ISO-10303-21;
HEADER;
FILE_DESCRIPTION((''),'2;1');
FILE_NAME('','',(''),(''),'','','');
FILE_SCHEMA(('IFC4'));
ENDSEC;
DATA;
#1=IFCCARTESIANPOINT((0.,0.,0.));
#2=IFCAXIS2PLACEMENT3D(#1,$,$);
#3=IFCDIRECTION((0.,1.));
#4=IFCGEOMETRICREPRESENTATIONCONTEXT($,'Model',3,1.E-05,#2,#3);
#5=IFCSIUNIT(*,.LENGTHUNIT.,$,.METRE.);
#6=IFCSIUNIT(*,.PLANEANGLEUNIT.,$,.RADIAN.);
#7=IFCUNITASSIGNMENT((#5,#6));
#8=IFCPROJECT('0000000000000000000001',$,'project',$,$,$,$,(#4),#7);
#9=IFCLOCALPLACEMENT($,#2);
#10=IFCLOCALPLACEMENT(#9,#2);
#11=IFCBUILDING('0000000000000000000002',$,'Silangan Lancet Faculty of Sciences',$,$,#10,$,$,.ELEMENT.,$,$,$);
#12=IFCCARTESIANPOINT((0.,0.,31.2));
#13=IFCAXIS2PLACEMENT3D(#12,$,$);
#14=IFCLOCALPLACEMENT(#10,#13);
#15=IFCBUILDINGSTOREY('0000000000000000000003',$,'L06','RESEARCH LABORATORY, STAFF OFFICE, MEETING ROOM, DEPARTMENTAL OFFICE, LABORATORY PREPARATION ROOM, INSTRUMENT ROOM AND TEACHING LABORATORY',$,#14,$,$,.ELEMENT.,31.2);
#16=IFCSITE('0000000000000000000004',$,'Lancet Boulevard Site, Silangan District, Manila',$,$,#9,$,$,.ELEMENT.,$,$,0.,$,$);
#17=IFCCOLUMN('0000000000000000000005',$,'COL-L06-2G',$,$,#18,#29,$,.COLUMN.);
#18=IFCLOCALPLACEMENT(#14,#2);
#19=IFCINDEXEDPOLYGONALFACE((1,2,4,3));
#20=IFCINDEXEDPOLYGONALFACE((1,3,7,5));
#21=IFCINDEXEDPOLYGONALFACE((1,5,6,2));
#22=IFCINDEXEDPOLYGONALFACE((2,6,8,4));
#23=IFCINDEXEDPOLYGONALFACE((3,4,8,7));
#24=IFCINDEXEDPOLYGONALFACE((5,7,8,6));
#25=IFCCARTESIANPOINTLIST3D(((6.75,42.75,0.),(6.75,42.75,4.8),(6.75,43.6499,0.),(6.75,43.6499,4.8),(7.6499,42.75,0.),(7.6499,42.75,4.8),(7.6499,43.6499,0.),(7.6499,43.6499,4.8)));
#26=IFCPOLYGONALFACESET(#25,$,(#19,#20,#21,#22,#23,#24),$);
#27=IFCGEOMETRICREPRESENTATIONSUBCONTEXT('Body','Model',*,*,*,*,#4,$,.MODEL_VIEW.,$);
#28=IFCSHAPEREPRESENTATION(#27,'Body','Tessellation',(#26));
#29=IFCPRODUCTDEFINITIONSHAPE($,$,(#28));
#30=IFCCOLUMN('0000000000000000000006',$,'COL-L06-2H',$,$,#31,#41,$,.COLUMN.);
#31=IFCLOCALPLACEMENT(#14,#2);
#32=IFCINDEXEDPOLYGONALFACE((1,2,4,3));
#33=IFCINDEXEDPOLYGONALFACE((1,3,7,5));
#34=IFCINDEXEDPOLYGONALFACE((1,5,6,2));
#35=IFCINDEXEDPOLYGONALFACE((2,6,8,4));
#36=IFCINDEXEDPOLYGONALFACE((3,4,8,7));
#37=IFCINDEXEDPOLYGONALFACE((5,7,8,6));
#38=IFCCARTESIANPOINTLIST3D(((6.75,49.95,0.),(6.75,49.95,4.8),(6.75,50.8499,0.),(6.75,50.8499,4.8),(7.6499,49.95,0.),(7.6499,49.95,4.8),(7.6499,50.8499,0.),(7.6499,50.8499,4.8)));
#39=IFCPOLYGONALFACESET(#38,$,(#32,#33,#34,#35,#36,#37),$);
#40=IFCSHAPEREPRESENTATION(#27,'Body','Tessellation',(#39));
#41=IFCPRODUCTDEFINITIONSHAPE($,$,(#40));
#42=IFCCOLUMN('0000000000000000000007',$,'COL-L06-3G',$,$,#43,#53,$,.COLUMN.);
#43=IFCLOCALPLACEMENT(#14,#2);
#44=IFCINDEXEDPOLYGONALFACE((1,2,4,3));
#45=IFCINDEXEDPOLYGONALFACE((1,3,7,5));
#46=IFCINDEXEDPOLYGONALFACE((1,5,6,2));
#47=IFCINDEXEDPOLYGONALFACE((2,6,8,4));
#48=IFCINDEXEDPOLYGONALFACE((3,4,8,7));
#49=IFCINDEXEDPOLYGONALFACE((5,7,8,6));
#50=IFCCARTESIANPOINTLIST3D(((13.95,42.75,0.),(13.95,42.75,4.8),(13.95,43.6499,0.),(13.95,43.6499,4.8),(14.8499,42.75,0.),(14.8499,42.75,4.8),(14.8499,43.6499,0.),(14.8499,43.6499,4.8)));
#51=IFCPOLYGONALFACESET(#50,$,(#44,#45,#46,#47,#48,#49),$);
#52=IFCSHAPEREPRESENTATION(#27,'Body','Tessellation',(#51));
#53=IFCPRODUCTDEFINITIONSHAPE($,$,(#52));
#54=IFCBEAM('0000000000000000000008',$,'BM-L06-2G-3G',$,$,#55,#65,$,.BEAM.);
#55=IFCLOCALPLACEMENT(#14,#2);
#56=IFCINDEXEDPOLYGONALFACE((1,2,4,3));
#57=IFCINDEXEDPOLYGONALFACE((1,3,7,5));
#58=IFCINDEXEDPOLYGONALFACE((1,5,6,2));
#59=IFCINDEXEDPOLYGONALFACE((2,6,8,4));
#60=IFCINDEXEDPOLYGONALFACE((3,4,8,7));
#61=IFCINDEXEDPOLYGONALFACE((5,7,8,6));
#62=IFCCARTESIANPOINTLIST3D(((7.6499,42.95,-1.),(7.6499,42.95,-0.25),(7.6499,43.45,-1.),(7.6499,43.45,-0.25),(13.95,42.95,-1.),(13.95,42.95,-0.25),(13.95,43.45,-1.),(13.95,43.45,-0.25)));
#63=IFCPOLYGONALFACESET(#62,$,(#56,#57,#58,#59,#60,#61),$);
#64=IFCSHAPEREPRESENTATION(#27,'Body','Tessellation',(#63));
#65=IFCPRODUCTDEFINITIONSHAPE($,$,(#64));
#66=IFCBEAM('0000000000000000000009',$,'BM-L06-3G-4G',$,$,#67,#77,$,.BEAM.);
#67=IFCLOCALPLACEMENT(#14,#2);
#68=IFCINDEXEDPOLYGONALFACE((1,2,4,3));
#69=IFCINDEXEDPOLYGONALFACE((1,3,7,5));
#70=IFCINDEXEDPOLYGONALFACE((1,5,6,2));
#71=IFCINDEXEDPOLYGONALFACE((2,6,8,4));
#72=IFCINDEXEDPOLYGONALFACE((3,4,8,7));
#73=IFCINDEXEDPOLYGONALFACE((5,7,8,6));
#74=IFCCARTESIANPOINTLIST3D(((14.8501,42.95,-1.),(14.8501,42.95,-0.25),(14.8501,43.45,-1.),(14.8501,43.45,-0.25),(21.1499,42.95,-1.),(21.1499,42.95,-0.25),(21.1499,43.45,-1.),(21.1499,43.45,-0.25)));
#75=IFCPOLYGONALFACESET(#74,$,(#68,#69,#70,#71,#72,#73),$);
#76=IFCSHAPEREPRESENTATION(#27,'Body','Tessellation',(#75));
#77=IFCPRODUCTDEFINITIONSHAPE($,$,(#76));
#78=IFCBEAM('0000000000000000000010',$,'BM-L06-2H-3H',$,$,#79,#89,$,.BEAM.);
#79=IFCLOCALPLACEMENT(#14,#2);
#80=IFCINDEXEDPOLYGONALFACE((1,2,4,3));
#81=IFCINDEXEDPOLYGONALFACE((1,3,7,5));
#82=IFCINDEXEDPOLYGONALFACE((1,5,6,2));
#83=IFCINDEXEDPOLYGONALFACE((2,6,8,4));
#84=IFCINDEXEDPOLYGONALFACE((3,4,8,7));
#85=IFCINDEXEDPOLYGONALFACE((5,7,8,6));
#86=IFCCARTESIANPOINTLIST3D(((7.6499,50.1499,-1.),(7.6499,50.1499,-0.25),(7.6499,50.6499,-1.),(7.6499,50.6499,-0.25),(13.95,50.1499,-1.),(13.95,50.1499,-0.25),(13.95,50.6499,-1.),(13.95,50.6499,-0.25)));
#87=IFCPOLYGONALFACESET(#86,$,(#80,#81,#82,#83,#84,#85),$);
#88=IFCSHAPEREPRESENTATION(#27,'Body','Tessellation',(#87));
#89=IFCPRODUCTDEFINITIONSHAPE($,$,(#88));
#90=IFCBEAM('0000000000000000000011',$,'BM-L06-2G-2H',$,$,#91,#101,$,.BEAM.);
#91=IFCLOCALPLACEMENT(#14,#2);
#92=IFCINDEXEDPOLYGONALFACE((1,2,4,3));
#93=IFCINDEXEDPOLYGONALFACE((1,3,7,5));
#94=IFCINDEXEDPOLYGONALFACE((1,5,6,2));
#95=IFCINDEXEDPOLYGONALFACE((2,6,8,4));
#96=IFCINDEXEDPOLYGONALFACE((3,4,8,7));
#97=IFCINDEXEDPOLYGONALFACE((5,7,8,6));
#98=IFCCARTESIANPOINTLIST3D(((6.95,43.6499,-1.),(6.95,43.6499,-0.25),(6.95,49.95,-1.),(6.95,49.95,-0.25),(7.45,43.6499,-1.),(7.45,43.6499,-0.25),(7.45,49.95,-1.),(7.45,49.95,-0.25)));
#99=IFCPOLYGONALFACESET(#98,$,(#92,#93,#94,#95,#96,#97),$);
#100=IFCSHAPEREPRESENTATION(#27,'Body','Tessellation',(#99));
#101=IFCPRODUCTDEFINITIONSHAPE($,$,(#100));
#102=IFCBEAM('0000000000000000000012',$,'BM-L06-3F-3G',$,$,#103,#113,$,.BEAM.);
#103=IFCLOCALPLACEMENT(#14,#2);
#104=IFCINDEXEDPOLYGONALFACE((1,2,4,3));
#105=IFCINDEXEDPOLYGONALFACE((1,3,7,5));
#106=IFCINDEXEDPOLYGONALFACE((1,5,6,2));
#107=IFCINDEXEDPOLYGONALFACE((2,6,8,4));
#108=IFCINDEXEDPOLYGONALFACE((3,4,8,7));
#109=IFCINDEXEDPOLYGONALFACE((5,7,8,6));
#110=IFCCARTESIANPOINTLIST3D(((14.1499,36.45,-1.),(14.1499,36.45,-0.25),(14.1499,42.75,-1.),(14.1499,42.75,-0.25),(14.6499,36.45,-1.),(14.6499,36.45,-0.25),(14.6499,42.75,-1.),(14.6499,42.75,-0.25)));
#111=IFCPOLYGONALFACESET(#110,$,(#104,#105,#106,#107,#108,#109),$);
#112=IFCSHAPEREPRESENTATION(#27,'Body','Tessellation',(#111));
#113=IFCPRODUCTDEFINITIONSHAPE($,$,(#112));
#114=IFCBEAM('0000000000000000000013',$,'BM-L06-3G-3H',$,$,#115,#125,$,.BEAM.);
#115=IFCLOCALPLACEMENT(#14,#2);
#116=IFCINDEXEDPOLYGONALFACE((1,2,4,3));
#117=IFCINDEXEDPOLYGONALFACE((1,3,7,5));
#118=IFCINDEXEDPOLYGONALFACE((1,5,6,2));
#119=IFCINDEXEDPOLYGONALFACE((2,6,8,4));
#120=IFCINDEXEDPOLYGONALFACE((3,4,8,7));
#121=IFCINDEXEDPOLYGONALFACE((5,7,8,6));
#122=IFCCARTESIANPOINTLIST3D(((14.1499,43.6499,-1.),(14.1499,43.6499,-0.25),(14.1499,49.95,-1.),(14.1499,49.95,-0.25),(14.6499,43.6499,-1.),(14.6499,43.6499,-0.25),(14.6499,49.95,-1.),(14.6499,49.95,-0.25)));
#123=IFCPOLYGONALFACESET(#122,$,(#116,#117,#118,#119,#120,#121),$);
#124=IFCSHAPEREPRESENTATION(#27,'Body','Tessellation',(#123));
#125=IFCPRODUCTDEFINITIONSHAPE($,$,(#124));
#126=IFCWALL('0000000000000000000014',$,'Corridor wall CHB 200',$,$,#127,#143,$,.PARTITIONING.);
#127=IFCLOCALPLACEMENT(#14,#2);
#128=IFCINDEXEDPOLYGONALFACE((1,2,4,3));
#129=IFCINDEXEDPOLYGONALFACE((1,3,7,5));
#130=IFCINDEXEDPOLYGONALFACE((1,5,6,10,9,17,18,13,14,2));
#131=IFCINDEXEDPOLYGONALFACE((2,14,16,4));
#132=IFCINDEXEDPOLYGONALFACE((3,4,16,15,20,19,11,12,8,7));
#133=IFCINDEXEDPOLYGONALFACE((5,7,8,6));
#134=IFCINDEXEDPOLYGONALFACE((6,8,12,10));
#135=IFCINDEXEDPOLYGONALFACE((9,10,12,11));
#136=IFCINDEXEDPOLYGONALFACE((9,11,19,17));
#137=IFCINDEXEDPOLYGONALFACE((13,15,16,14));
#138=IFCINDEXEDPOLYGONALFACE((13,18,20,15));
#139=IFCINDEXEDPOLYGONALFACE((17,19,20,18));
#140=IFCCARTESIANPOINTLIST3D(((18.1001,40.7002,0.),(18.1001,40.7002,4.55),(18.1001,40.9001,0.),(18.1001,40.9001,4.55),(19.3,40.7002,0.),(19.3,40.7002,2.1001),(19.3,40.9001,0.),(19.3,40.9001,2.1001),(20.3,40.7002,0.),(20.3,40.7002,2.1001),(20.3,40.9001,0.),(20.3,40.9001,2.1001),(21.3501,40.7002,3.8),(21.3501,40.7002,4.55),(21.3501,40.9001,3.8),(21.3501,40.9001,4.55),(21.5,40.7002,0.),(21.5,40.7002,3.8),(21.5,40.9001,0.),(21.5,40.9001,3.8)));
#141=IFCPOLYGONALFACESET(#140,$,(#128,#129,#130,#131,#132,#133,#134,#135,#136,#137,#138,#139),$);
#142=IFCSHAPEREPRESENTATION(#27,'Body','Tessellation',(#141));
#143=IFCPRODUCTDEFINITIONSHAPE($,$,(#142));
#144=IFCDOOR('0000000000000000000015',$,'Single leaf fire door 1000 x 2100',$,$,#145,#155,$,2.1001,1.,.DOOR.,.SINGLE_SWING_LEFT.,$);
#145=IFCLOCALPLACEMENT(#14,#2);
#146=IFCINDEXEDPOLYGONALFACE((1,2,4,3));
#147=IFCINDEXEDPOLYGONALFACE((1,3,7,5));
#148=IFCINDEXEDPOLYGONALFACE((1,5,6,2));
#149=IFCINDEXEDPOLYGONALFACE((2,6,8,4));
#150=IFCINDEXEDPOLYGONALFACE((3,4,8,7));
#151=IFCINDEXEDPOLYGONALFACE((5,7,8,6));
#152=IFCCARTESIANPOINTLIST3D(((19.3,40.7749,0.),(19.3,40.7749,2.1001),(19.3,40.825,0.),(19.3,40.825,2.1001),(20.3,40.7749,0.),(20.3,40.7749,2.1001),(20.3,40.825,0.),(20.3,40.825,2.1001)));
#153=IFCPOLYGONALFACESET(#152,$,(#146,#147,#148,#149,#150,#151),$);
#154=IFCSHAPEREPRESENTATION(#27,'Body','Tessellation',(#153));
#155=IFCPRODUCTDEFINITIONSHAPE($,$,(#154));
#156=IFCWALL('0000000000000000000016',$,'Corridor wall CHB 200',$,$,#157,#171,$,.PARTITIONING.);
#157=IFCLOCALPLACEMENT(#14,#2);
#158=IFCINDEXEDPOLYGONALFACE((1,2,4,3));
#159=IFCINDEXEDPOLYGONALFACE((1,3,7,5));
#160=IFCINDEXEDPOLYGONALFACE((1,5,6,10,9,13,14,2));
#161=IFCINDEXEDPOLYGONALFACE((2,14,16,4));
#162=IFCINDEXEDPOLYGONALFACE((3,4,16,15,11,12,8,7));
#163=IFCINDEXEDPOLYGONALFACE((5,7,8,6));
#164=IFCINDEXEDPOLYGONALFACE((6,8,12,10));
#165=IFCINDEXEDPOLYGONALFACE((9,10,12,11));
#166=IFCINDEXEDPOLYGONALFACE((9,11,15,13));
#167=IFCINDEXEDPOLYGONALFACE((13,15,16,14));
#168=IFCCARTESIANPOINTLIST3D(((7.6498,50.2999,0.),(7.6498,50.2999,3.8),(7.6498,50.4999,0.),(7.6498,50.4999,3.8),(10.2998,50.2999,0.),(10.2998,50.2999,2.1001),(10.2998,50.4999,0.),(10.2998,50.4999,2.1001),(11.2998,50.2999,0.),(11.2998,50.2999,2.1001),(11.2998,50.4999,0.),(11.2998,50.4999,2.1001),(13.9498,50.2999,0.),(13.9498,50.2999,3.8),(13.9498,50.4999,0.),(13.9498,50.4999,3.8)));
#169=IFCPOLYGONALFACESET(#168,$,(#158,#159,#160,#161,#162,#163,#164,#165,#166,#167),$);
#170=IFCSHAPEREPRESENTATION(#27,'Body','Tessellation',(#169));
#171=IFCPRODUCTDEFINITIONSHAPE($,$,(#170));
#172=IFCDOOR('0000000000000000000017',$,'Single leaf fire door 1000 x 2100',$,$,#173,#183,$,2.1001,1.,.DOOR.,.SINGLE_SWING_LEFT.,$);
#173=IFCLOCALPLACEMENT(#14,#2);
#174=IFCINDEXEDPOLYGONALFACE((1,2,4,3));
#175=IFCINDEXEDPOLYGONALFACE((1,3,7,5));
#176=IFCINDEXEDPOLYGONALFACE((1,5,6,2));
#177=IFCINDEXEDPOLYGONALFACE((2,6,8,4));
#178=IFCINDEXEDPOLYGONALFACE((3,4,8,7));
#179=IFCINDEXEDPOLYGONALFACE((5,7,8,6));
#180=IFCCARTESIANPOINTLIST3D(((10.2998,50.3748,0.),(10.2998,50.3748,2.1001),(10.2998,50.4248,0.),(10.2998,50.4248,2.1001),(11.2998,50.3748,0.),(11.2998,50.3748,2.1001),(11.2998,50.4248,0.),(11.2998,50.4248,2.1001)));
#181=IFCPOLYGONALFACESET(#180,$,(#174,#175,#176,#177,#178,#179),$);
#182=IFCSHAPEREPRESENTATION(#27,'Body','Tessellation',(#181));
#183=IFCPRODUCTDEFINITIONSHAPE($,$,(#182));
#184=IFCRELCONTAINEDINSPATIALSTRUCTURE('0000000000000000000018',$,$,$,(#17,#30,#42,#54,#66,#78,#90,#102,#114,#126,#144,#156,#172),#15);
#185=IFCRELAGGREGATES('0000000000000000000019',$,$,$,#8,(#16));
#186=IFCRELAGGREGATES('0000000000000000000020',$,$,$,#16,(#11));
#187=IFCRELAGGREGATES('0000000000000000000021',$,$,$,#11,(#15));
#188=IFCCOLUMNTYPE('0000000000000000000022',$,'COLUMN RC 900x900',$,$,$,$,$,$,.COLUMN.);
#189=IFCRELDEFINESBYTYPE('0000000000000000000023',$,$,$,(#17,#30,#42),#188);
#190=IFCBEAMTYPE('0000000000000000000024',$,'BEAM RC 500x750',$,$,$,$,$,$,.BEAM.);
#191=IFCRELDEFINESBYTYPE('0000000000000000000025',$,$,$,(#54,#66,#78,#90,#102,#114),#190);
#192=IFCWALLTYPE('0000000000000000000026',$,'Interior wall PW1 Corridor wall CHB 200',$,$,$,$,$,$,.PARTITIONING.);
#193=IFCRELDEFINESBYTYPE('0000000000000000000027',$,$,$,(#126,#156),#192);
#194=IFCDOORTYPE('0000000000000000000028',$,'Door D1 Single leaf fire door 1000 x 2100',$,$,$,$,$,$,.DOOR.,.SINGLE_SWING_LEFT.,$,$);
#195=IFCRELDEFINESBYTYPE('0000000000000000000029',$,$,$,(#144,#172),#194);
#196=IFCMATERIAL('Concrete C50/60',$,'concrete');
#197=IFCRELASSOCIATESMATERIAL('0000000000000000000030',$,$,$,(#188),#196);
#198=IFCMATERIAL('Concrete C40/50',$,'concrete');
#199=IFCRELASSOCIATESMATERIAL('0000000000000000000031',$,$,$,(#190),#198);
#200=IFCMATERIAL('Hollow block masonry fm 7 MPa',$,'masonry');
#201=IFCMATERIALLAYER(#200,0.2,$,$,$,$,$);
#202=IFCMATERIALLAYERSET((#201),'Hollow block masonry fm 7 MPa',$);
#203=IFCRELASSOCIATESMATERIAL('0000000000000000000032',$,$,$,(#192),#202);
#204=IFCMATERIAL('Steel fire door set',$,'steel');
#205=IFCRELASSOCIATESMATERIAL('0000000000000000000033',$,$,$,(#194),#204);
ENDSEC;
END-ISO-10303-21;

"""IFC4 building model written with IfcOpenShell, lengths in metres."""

from ifc_helpers import new_model, si_unit, direction, frame, frame_2d, origin, origin_2d, place, context, subcontext, project, spatial, polyline, rectangle, outline, extrude, material, layer, layer_set, material_profile, profile_set, type_object, element, fill, save


model = new_model("IFC4")

# Units and contexts
model_context = context("Model", 3, precision=1e-05, world=origin(), true_north=direction((0.0, 1.0)))
body_context = subcontext(model_context, "Body", "Model", "MODEL_VIEW")
ifc_project = project(units=[si_unit("LENGTHUNIT", "METRE"), si_unit("PLANEANGLEUNIT", "RADIAN")], contexts=[model_context])

# Site, building, storey
site_placement = place(None, origin())
site = spatial("IfcSite", under=ifc_project, at=site_placement, Name="Lancet Boulevard Site, Silangan District, Manila", CompositionType="ELEMENT", RefElevation=0.0)
building_placement = place(site_placement, origin())
building = spatial("IfcBuilding", under=site, at=building_placement, Name="Silangan Lancet Faculty of Sciences", CompositionType="ELEMENT")
storey_placement = place(building_placement, frame((0.0, 0.0, 31.2)))
storey = spatial("IfcBuildingStorey", under=building, at=storey_placement, Name="L06", Description="RESEARCH LABORATORY, STAFF OFFICE, MEETING ROOM, DEPARTMENTAL OFFICE, LABORATORY PREPARATION ROOM, INSTRUMENT ROOM AND TEACHING LABORATORY", CompositionType="ELEMENT", Elevation=31.2)

# Columns
ifc_material_1 = material(Name="Concrete C50/60", Category="concrete")
ifc_material_profile_1 = material_profile(ifc_material_1, rectangle(XDim=0.8999, YDim=0.8999, at=origin_2d()), Name="RC 900x900")
ifc_profile_set_1 = profile_set([ifc_material_profile_1], Name="Concrete C50/60")
column_type = type_object("IfcColumnType", Name="COLUMN RC 900x900", PredefinedType="COLUMN", material=ifc_profile_set_1)
for number, where, z_axis, x_axis, name in (
    (1, (7.2, 43.2, 0.0), (0.0, 0.0, 1.0), (1.0, 0.0, 0.0), "COL-L06-2G"),
    (2, (7.2, 50.3999, 0.0), (0.0, 0.0, 1.0), (1.0, 0.0, 0.0), "COL-L06-2H"),
    (3, (14.3999, 43.2, 0.0), (0.0, 0.0, 1.0), (1.0, 0.0, 0.0), "COL-L06-3G"),
):
    element("IfcColumn", number, at=place(storey_placement, frame(where, z_axis=z_axis, x_axis=x_axis)), inside=storey, type_object=column_type, Name=name, PredefinedType="COLUMN", context=body_context, shape_type="SweptSolid", body=[
        extrude(rectangle(XDim=0.8999, YDim=0.8999, at=origin_2d()), origin(), (0.0, 0.0, 1.0), 4.8),
    ])

# Beams
ifc_material_2 = material(Name="Concrete C40/50", Category="concrete")
ifc_material_profile_2 = material_profile(ifc_material_2, rectangle(XDim=0.5, YDim=0.75, at=origin_2d()), Name="RC 500x750")
ifc_profile_set_2 = profile_set([ifc_material_profile_2], Name="Concrete C40/50")
beam_type = type_object("IfcBeamType", Name="BEAM RC 500x750", PredefinedType="BEAM", material=ifc_profile_set_2)
beam_1_placement = place(storey_placement, frame((7.6499, 43.2, -0.625), z_axis=(1.0, 0.0, 0.0), x_axis=(0.0, 1.0, 0.0)))
element("IfcBeam", 4, at=beam_1_placement, inside=storey, type_object=beam_type, Name="BM-L06-2G-3G", PredefinedType="BEAM", context=body_context, shape_type="SweptSolid", body=[
    extrude(rectangle(XDim=0.5, YDim=0.75, at=origin_2d()), origin(), (0.0, 0.0, 1.0), 6.3),
])
beam_2_placement = place(storey_placement, frame((14.8501, 43.2, -0.625), z_axis=(1.0, 0.0, 0.0), x_axis=(0.0, 1.0, 0.0)))
element("IfcBeam", 5, at=beam_2_placement, inside=storey, type_object=beam_type, Name="BM-L06-3G-4G", PredefinedType="BEAM", context=body_context, shape_type="SweptSolid", body=[
    extrude(rectangle(XDim=0.5, YDim=0.75, at=origin_2d()), origin(), (0.0, 0.0, 1.0), 6.2998),
])
for number, where, z_axis, x_axis, name in (
    (6, (7.6499, 50.3999, -0.625), (1.0, 0.0, 0.0), (0.0, 1.0, 0.0), "BM-L06-2H-3H"),
    (7, (7.2, 43.6499, -0.625), (0.0, 1.0, 0.0), (-1.0, 0.0, 0.0), "BM-L06-2G-2H"),
    (8, (14.3999, 36.45, -0.625), (0.0, 1.0, 0.0), (-1.0, 0.0, 0.0), "BM-L06-3F-3G"),
    (9, (14.3999, 43.6499, -0.625), (0.0, 1.0, 0.0), (-1.0, 0.0, 0.0), "BM-L06-3G-3H"),
):
    element("IfcBeam", number, at=place(storey_placement, frame(where, z_axis=z_axis, x_axis=x_axis)), inside=storey, type_object=beam_type, Name=name, PredefinedType="BEAM", context=body_context, shape_type="SweptSolid", body=[
        extrude(rectangle(XDim=0.5, YDim=0.75, at=origin_2d()), origin(), (0.0, 0.0, 1.0), 6.3),
    ])

# Walls, openings, doors
ifc_material_3 = material(Name="Hollow block masonry fm 7 MPa", Category="masonry")
ifc_layer_1 = layer(ifc_material_3, 0.2)
ifc_layer_set_1 = layer_set([ifc_layer_1], Name="Hollow block masonry fm 7 MPa")
wall_type_1 = type_object("IfcWallType", Name="Interior wall PW1 Corridor wall CHB 200", PredefinedType="PARTITIONING", material=ifc_layer_set_1)
wall_1_placement = place(storey_placement, frame((18.1001, 40.8, 0.0), z_axis=(0.0, 0.0, 1.0), x_axis=(1.0, 0.0, 0.0)))
wall_1 = element("IfcWall", 10, at=wall_1_placement, inside=storey, type_object=wall_type_1, Name="Corridor wall CHB 200", PredefinedType="PARTITIONING", context=body_context, shape_type="SweptSolid", body=[
    extrude(outline(polyline([(0.0, 0.0), (3.3999, 0.0), (3.3999, 3.8), (3.25, 3.8), (3.25, 4.55), (0.0, 4.55), (0.0, 0.0)])), frame((0.0, 0.1001, 0.0), z_axis=(0.0, -1.0, 0.0), x_axis=(1.0, 0.0, 0.0)), (0.0, 0.0, 1.0), 0.2),
])
opening_1_placement = place(wall_1_placement, frame((1.2, 0.0, 0.0)))
opening_1 = element("IfcOpeningElement", 11, at=opening_1_placement, cuts=wall_1, PredefinedType="OPENING", context=body_context, shape_type="SweptSolid", body=[
    extrude(rectangle(XDim=1.0, YDim=2.1001, at=frame_2d((0.5, 1.05))), frame((0.0, 0.1099, 0.0), z_axis=(0.0, -1.0, 0.0), x_axis=(1.0, 0.0, 0.0)), (0.0, 0.0, 1.0), 0.22),
])
ifc_material_4 = material(Name="Steel fire door set", Category="steel")
door_type = type_object("IfcDoorType", Name="Door D1 Single leaf fire door 1000 x 2100", OperationType="SINGLE_SWING_LEFT", PredefinedType="DOOR", material=ifc_material_4)
door_1_placement = place(opening_1_placement, frame((1.0, 0.0, 0.0), z_axis=(0.0, 0.0, 1.0), x_axis=(-1.0, 0.0, 0.0)))
door_1 = element("IfcDoor", 12, at=door_1_placement, inside=storey, type_object=door_type, Name="Single leaf fire door 1000 x 2100", OperationType="SINGLE_SWING_LEFT", OverallHeight=2.1001, OverallWidth=1.0, PredefinedType="DOOR", context=body_context, shape_type="SweptSolid", body=[
    extrude(rectangle(XDim=1.0, YDim=2.1001, at=frame_2d((0.5, 1.05))), frame((0.0, 0.0251, 0.0), z_axis=(0.0, -1.0, 0.0), x_axis=(1.0, 0.0, 0.0)), (0.0, 0.0, 1.0), 0.05),
])
fill(opening_1, door_1)
wall_2_placement = place(storey_placement, frame((7.6499, 50.3999, 0.0), z_axis=(0.0, 0.0, 1.0), x_axis=(1.0, 0.0, 0.0)))
wall_2 = element("IfcWall", 13, at=wall_2_placement, inside=storey, type_object=wall_type_1, Name="Corridor wall CHB 200", PredefinedType="PARTITIONING", context=body_context, shape_type="SweptSolid", body=[
    extrude(rectangle(XDim=6.3, YDim=0.2, at=frame_2d((3.1499, 0.0))), origin(), (0.0, 0.0, 1.0), 3.8),
])
opening_2_placement = place(wall_2_placement, frame((2.6499, 0.0, 0.0)))
opening_2 = element("IfcOpeningElement", 14, at=opening_2_placement, cuts=wall_2, PredefinedType="OPENING", context=body_context, shape_type="SweptSolid", body=[
    extrude(rectangle(XDim=1.0, YDim=2.1001, at=frame_2d((0.5, 1.05))), frame((0.0, 0.1099, 0.0), z_axis=(0.0, -1.0, 0.0), x_axis=(1.0, 0.0, 0.0)), (0.0, 0.0, 1.0), 0.22),
])
door_2_placement = place(opening_2_placement, origin())
door_2 = element("IfcDoor", 15, at=door_2_placement, inside=storey, type_object=door_type, Name="Single leaf fire door 1000 x 2100", OperationType="SINGLE_SWING_LEFT", OverallHeight=2.1001, OverallWidth=1.0, PredefinedType="DOOR", context=body_context, shape_type="SweptSolid", body=[
    extrude(rectangle(XDim=1.0, YDim=2.1001, at=frame_2d((0.5, 1.05))), frame((0.0, 0.0249, 0.0), z_axis=(0.0, -1.0, 0.0), x_axis=(1.0, 0.0, 0.0)), (0.0, 0.0, 1.0), 0.05),
])
fill(opening_2, door_2)

save(model, "model.ifc")
